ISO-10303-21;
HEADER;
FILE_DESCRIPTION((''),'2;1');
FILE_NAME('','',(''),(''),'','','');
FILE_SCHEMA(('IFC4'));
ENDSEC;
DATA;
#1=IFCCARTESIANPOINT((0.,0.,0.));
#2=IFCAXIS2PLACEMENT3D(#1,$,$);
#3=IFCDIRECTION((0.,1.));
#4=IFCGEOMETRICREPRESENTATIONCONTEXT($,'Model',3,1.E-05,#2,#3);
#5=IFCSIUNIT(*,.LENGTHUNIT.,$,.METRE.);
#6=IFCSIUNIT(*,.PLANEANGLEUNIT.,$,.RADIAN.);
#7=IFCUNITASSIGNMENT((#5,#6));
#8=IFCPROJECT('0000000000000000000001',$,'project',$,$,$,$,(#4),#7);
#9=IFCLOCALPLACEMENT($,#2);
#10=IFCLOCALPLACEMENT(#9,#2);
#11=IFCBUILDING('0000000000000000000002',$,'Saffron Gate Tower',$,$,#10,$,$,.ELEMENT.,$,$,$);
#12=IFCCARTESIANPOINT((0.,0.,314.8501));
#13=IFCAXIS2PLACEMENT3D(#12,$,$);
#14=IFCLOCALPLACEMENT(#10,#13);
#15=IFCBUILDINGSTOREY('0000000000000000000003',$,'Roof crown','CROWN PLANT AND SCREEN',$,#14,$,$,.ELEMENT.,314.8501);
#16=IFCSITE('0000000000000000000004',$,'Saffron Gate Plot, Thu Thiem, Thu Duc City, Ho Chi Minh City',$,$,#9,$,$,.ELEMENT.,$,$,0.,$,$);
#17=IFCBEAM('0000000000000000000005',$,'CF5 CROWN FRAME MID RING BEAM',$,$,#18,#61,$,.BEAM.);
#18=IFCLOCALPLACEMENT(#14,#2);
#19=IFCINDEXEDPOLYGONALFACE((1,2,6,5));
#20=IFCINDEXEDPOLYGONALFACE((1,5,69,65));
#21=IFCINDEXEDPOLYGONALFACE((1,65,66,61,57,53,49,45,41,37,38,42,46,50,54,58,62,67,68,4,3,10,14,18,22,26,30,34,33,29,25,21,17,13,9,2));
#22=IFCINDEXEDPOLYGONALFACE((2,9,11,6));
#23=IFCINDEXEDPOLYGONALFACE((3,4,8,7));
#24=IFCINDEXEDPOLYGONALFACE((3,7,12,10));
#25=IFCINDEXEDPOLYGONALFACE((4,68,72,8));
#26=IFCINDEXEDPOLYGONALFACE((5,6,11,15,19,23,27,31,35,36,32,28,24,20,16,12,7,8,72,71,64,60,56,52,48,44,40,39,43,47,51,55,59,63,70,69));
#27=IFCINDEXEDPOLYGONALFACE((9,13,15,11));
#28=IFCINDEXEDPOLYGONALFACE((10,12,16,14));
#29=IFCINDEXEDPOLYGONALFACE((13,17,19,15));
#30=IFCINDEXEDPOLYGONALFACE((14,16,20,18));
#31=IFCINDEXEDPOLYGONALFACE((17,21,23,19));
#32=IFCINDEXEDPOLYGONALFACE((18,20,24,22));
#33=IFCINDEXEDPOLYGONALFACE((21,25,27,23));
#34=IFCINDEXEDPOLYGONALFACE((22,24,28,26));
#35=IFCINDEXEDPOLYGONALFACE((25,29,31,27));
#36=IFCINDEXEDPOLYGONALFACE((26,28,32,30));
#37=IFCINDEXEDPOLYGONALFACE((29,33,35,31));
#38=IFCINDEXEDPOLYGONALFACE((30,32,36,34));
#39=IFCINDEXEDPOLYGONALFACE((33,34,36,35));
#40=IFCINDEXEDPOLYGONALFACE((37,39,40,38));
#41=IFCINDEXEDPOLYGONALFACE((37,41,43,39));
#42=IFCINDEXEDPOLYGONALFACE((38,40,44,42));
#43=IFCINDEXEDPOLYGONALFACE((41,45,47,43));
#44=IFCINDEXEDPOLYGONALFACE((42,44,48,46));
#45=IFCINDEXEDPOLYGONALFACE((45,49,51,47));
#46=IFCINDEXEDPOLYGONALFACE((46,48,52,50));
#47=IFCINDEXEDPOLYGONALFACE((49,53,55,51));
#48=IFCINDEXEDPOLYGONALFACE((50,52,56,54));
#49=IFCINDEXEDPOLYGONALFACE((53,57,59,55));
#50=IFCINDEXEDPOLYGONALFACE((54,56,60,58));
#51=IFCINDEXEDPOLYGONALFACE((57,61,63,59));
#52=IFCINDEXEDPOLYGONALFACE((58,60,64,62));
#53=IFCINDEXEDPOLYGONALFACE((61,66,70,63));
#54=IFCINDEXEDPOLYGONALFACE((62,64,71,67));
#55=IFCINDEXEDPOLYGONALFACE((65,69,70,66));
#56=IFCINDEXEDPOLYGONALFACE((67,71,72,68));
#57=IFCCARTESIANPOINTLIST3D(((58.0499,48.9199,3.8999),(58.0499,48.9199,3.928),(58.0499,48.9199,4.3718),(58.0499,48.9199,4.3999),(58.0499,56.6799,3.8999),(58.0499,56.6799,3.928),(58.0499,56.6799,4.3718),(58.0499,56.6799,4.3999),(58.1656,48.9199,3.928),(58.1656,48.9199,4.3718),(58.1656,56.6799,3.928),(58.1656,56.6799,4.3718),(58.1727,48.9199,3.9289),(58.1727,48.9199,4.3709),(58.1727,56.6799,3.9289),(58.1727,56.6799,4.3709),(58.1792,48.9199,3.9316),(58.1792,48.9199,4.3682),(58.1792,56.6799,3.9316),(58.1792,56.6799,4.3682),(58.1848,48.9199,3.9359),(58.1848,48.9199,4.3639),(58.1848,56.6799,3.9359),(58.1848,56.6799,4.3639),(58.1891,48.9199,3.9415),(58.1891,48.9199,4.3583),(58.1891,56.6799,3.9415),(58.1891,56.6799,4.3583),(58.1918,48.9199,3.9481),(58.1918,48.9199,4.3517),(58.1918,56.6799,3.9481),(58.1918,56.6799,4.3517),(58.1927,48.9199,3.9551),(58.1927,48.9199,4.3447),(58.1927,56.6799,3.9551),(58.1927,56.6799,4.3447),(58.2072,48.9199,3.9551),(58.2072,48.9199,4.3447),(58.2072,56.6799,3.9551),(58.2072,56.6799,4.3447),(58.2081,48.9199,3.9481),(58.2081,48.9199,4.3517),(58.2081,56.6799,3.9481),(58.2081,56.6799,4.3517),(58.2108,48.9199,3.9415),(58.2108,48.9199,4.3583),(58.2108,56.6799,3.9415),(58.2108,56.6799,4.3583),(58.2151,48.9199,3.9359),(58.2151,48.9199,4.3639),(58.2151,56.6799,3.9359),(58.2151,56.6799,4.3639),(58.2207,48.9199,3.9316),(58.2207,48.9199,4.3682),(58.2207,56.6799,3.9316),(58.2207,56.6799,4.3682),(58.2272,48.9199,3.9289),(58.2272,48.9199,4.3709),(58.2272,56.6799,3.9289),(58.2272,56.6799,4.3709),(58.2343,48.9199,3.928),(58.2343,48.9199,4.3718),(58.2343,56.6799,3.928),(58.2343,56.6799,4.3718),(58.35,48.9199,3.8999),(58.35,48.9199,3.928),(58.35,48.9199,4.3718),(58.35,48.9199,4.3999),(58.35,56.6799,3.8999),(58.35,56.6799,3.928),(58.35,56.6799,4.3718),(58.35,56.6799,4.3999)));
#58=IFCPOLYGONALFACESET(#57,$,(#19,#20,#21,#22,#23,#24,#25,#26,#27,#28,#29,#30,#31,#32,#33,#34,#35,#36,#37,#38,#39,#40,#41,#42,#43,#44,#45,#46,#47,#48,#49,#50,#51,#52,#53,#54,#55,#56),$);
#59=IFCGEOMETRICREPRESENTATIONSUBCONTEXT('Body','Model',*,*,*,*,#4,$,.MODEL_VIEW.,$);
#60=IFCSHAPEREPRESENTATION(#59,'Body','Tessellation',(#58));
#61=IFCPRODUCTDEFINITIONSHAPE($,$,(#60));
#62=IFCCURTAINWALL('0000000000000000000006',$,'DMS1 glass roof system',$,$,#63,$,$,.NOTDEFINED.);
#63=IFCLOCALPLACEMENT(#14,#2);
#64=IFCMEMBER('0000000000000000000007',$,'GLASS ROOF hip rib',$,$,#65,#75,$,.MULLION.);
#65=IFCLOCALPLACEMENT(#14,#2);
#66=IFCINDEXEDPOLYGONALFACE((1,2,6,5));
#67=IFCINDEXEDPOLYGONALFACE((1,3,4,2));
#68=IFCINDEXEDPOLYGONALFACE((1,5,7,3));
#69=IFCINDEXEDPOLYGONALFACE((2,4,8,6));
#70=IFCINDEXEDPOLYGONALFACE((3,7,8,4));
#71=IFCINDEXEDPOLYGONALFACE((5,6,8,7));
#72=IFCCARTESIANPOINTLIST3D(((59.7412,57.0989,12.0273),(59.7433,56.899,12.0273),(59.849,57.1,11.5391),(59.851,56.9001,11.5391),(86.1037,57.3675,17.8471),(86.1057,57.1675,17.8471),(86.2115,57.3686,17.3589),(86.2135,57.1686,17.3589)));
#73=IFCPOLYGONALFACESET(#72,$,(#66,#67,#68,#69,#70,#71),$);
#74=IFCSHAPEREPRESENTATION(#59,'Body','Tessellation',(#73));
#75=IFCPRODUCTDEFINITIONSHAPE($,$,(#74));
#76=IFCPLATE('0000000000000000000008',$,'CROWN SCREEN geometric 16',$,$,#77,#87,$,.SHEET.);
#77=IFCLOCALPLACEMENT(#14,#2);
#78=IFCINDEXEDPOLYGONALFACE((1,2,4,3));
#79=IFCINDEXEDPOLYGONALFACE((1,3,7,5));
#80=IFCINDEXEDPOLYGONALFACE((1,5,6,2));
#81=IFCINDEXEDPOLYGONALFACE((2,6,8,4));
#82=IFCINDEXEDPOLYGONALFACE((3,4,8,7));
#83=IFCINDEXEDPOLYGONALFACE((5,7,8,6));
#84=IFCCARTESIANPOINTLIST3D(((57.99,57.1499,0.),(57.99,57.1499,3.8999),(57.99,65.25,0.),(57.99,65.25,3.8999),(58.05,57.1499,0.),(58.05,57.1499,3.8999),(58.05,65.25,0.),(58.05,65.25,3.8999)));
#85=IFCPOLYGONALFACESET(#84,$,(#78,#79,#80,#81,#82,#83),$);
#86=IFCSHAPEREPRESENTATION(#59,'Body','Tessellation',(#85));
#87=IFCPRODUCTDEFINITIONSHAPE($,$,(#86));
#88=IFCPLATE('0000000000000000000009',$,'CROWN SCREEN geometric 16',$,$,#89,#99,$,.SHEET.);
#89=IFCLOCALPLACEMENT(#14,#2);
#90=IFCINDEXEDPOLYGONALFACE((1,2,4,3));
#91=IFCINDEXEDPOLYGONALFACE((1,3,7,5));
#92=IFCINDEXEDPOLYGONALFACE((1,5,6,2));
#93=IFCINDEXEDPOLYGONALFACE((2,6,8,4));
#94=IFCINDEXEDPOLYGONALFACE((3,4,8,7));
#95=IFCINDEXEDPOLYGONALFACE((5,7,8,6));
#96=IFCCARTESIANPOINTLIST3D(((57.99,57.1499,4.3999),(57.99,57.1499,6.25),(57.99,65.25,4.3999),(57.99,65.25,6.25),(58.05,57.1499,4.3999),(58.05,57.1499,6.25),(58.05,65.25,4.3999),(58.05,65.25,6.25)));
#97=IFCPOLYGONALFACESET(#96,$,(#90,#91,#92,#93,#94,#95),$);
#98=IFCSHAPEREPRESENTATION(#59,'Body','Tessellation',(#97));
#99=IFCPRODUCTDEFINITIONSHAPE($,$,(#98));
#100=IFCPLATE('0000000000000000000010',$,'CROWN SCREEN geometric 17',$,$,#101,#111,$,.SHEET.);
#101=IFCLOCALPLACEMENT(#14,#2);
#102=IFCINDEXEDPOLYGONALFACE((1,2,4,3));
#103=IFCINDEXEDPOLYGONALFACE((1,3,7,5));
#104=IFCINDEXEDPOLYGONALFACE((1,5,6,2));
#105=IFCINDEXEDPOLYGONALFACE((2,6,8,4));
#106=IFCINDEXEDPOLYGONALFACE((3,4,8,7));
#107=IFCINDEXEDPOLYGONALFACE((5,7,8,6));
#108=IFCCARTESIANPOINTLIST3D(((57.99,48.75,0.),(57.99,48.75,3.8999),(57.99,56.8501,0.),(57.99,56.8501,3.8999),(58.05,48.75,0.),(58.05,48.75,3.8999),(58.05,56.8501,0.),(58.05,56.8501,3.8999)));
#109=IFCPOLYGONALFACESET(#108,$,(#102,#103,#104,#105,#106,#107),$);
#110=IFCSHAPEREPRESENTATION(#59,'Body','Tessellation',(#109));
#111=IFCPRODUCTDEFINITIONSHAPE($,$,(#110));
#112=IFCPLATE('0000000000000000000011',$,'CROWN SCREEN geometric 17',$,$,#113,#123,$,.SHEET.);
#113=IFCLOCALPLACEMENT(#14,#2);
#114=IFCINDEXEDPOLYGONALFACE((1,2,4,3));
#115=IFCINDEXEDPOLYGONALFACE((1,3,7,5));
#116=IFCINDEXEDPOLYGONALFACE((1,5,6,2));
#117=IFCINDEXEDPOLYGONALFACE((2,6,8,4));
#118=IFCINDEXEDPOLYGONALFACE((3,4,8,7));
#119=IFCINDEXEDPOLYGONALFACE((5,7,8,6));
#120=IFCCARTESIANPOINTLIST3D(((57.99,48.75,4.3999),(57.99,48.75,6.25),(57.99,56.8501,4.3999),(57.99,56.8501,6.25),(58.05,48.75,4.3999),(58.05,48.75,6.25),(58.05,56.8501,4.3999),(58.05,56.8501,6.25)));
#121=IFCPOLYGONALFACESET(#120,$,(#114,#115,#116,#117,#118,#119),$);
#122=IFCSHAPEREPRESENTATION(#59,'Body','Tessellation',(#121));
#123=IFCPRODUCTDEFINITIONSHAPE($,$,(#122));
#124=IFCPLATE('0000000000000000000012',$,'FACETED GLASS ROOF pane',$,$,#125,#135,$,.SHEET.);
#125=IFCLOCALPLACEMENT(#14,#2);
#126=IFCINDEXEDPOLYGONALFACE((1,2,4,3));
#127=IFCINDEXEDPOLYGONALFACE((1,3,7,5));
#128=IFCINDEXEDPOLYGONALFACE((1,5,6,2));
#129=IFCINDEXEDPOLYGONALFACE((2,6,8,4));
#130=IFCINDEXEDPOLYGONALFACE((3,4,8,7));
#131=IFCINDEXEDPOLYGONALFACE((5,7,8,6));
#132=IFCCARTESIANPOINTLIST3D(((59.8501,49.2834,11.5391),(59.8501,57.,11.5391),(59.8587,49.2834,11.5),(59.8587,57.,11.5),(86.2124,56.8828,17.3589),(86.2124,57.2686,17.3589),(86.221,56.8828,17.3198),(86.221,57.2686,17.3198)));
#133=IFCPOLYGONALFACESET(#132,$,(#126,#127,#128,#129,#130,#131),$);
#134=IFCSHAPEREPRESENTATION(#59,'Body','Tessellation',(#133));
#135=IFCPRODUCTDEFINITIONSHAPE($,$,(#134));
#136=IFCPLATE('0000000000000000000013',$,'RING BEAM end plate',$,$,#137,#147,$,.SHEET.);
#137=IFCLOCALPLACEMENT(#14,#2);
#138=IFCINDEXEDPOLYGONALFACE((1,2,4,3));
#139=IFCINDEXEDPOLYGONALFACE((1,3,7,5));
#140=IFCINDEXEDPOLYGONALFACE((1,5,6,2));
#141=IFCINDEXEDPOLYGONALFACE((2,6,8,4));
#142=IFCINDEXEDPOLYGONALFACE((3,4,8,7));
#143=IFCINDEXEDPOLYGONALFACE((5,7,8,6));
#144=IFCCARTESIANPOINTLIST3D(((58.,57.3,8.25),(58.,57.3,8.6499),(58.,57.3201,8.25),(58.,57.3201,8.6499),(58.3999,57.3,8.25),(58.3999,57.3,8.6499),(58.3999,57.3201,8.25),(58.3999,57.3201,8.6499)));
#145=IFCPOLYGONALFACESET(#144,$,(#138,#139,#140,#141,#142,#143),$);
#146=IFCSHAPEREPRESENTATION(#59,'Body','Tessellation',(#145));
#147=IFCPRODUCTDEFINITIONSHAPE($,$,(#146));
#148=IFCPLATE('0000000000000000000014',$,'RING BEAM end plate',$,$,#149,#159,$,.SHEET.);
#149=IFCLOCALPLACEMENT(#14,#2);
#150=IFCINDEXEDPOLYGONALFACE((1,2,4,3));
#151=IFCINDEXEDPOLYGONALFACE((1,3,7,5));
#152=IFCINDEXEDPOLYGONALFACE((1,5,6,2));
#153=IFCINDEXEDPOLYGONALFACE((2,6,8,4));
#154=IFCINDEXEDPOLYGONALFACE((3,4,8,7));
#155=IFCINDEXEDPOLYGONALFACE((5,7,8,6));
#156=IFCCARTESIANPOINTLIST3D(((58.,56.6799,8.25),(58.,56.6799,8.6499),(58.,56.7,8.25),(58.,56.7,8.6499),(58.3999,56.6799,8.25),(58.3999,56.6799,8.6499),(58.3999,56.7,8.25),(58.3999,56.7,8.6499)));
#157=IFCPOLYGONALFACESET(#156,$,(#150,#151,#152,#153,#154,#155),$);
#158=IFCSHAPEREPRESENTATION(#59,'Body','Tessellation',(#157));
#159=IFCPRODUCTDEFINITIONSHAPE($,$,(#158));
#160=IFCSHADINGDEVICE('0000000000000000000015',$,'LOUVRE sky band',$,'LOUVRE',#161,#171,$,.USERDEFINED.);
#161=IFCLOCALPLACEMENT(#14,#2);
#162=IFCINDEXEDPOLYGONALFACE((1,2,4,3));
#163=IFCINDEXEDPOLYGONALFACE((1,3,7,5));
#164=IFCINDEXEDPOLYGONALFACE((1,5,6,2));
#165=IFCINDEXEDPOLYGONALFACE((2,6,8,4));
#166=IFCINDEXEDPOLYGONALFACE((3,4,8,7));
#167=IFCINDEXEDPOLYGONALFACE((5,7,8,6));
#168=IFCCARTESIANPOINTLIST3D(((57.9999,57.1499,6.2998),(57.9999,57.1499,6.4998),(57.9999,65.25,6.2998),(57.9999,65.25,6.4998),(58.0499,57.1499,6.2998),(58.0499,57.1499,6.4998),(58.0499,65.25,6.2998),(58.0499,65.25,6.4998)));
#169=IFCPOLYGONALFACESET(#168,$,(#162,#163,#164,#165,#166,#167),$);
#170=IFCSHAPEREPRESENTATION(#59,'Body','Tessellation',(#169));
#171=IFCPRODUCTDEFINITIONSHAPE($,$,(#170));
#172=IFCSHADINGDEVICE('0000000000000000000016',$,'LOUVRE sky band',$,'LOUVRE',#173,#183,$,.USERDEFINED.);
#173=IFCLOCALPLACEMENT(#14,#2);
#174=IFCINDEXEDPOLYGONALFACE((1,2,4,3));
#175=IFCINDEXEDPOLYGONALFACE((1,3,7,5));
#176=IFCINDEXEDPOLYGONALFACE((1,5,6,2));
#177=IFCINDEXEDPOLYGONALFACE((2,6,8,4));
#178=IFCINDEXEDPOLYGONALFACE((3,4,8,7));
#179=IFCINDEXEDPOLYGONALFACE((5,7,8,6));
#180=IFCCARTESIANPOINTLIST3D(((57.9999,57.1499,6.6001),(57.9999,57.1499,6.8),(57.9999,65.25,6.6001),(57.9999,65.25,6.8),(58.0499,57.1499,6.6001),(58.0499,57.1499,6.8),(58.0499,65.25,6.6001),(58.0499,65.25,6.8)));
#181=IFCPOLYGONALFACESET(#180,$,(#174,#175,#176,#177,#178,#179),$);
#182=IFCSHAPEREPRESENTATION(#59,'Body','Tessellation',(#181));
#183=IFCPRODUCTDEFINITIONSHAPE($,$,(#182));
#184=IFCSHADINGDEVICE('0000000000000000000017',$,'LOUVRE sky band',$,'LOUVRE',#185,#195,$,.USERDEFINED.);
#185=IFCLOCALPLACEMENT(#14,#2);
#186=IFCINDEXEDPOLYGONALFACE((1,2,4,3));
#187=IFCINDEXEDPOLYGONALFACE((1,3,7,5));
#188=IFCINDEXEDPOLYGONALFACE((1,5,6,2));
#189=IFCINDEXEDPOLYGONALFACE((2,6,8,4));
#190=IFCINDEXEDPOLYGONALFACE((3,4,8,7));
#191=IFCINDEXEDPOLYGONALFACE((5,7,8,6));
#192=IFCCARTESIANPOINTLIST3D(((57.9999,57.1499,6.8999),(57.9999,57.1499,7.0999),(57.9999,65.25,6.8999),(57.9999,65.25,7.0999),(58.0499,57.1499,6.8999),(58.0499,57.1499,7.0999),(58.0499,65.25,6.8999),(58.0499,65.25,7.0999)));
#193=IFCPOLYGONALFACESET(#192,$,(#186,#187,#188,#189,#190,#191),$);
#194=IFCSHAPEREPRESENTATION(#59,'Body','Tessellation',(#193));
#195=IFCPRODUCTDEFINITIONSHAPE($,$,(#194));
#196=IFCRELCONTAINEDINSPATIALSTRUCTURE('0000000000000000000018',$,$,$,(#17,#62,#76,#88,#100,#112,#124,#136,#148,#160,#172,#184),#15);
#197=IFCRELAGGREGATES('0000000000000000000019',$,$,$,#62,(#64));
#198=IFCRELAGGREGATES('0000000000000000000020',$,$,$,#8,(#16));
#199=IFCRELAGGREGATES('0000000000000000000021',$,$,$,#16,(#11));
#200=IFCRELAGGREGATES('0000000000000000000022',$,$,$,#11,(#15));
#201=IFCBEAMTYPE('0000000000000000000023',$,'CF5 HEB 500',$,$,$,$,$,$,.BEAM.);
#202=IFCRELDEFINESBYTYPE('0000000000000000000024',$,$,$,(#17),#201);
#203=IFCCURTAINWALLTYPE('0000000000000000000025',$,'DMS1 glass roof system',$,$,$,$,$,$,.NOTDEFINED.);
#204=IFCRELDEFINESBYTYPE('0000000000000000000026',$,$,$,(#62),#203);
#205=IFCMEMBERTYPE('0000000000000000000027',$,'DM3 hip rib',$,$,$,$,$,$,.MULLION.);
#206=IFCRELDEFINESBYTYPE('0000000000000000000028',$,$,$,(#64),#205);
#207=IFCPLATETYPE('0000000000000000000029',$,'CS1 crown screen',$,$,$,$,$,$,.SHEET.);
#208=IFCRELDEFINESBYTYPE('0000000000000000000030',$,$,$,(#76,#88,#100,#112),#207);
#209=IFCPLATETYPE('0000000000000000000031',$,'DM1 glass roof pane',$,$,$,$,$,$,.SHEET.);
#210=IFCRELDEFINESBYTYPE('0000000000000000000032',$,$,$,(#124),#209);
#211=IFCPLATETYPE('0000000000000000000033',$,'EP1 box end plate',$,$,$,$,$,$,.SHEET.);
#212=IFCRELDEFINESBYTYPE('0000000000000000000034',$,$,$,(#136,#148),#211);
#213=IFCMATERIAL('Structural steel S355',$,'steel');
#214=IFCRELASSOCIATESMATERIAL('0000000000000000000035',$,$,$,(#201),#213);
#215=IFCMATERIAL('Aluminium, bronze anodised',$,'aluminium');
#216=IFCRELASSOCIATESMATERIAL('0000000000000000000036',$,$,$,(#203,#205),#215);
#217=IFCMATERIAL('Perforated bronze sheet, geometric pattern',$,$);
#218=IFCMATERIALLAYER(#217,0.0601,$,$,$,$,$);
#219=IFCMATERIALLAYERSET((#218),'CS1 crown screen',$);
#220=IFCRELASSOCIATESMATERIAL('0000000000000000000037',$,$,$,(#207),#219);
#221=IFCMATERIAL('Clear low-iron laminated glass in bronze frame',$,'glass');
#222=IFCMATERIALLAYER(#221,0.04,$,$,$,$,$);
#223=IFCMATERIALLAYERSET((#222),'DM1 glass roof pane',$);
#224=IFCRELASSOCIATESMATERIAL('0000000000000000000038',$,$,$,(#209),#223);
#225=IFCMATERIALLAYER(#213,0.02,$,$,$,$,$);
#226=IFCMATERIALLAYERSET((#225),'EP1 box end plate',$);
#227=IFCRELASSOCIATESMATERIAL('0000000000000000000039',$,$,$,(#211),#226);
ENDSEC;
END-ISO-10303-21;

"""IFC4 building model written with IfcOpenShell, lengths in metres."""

from ifc_helpers import new_model, si_unit, direction, frame, origin, origin_2d, place, context, subcontext, project, spatial, polyline, rectangle, i_section, outline, extrude, material, layer, layer_set, material_profile, profile_set, type_object, element, aggregate, save


model = new_model("IFC4")

# Units and contexts
model_context = context("Model", 3, precision=1e-05, world=origin(), true_north=direction((0.0, 1.0)))
body_context = subcontext(model_context, "Body", "Model", "MODEL_VIEW")
ifc_project = project(units=[si_unit("LENGTHUNIT", "METRE"), si_unit("PLANEANGLEUNIT", "RADIAN")], contexts=[model_context])

# Site, building, storey
site_placement = place(None, origin())
site = spatial("IfcSite", under=ifc_project, at=site_placement, Name="Saffron Gate Plot, Thu Thiem, Thu Duc City, Ho Chi Minh City", CompositionType="ELEMENT", RefElevation=0.0)
building_placement = place(site_placement, origin())
building = spatial("IfcBuilding", under=site, at=building_placement, Name="Saffron Gate Tower", CompositionType="ELEMENT")
storey_placement = place(building_placement, frame((0.0, 0.0, 314.8501)))
storey = spatial("IfcBuildingStorey", under=building, at=storey_placement, Name="Roof crown", Description="CROWN PLANT AND SCREEN", CompositionType="ELEMENT", Elevation=314.8501)

# Shared definitions
ifc_material_1 = material(Name="Structural steel S355", Category="steel")

# Beam
ifc_material_profile_1 = material_profile(ifc_material_1, i_section(OverallWidth=0.3, OverallDepth=0.5, WebThickness=0.0144, FlangeThickness=0.0281, FilletRadius=0.0271, at=origin_2d()))
ifc_profile_set_1 = profile_set([ifc_material_profile_1], Name="Structural steel S355")
beam_type_1 = type_object("IfcBeamType", Name="CF5 HEB 500", PredefinedType="BEAM", material=ifc_profile_set_1)
beam_1_placement = place(storey_placement, frame((58.2, 56.6799, 4.1499), z_axis=(0.0, -1.0, 0.0), x_axis=(1.0, 0.0, 0.0)))
element("IfcBeam", 1, at=beam_1_placement, inside=storey, type_object=beam_type_1, Name="CF5 CROWN FRAME MID RING BEAM", PredefinedType="BEAM", context=body_context, shape_type="SweptSolid", body=[
    extrude(i_section(OverallWidth=0.3, OverallDepth=0.5, WebThickness=0.0144, FlangeThickness=0.0281, FilletRadius=0.0271, at=origin_2d()), origin(), (0.0, 0.0, 1.0), 7.76),
])

# Curtain wall, member
ifc_material_2 = material(Name="Aluminium, bronze anodised", Category="aluminium")
curtain_wall_type = type_object("IfcCurtainWallType", Name="DMS1 glass roof system", PredefinedType="NOTDEFINED", material=ifc_material_2)
curtain_wall_placement = place(storey_placement, origin())
curtain_wall = element("IfcCurtainWall", 2, at=curtain_wall_placement, inside=storey, type_object=curtain_wall_type, Name="DMS1 glass roof system", PredefinedType="NOTDEFINED")
ifc_material_profile_2 = material_profile(ifc_material_2, rectangle(XDim=0.2, YDim=0.5, at=origin_2d()))
ifc_profile_set_2 = profile_set([ifc_material_profile_2], Name="Aluminium, bronze anodised")
member_type_1 = type_object("IfcMemberType", Name="DM3 hip rib", PredefinedType="MULLION", material=ifc_profile_set_2)
member_placement = place(storey_placement, frame((59.7961, 56.9995, 11.7832), z_axis=(0.97644, 0.009947, 0.21556), x_axis=(-0.010186, 0.999948, 0.0)))
member = element("IfcMember", 3, at=member_placement, type_object=member_type_1, Name="GLASS ROOF hip rib", PredefinedType="MULLION", context=body_context, shape_type="SweptSolid", body=[
    extrude(rectangle(XDim=0.2, YDim=0.5, at=origin_2d()), origin(), (0.0, 0.0, 1.0), 26.9985),
])
aggregate(curtain_wall, [member])

# Plates
ifc_material_3 = material(Name="Perforated bronze sheet, geometric pattern")
ifc_layer_1 = layer(ifc_material_3, 0.0601)
ifc_layer_set_1 = layer_set([ifc_layer_1], Name="CS1 crown screen")
plate_type_1 = type_object("IfcPlateType", Name="CS1 crown screen", PredefinedType="SHEET", material=ifc_layer_set_1)
plate_1_placement = place(storey_placement, frame((58.02, 61.2, 0.0), z_axis=(0.0, 0.0, 1.0), x_axis=(0.0, -1.0, 0.0)))
element("IfcPlate", 4, at=plate_1_placement, inside=storey, type_object=plate_type_1, Name="CROWN SCREEN geometric 16", PredefinedType="SHEET", context=body_context, shape_type="SweptSolid", body=[
    extrude(rectangle(XDim=8.1001, YDim=0.0601, at=origin_2d()), origin(), (0.0, 0.0, 1.0), 3.8999),
])
plate_2_placement = place(storey_placement, frame((58.02, 61.2, 4.3999), z_axis=(0.0, 0.0, 1.0), x_axis=(0.0, -1.0, 0.0)))
element("IfcPlate", 5, at=plate_2_placement, inside=storey, type_object=plate_type_1, Name="CROWN SCREEN geometric 16", PredefinedType="SHEET", context=body_context, shape_type="SweptSolid", body=[
    extrude(rectangle(XDim=8.1001, YDim=0.0601, at=origin_2d()), origin(), (0.0, 0.0, 1.0), 1.8501),
])
plate_3_placement = place(storey_placement, frame((58.02, 52.8, 0.0), z_axis=(0.0, 0.0, 1.0), x_axis=(0.0, -1.0, 0.0)))
element("IfcPlate", 6, at=plate_3_placement, inside=storey, type_object=plate_type_1, Name="CROWN SCREEN geometric 17", PredefinedType="SHEET", context=body_context, shape_type="SweptSolid", body=[
    extrude(rectangle(XDim=8.1001, YDim=0.0601, at=origin_2d()), origin(), (0.0, 0.0, 1.0), 3.8999),
])
plate_4_placement = place(storey_placement, frame((58.02, 52.8, 4.3999), z_axis=(0.0, 0.0, 1.0), x_axis=(0.0, -1.0, 0.0)))
element("IfcPlate", 7, at=plate_4_placement, inside=storey, type_object=plate_type_1, Name="CROWN SCREEN geometric 17", PredefinedType="SHEET", context=body_context, shape_type="SweptSolid", body=[
    extrude(rectangle(XDim=8.1001, YDim=0.0601, at=origin_2d()), origin(), (0.0, 0.0, 1.0), 1.8501),
])
ifc_material_4 = material(Name="Clear low-iron laminated glass in bronze frame", Category="glass")
ifc_layer_2 = layer(ifc_material_4, 0.04)
ifc_layer_set_2 = layer_set([ifc_layer_2], Name="DM1 glass roof pane")
plate_type_2 = type_object("IfcPlateType", Name="DM1 glass roof pane", PredefinedType="SHEET", material=ifc_layer_set_2)
plate_5_placement = place(storey_placement, frame((59.8501, 57.0, 11.5391), z_axis=(-0.215572, 0.0, 0.976488), x_axis=(0.0, -1.0, 0.0)))
element("IfcPlate", 8, at=plate_5_placement, inside=storey, type_object=plate_type_2, Name="FACETED GLASS ROOF pane", PredefinedType="SHEET", context=body_context, shape_type="SweptSolid", body=[
    extrude(outline(polyline([(0.0, 0.0), (7.7166, 0.0), (0.1172, 26.9971), (-0.2686, 26.9971), (0.0, 0.0)])), origin(), (0.0, 0.0, -1.0), 0.04),
])
ifc_layer_3 = layer(ifc_material_1, 0.02)
ifc_layer_set_3 = layer_set([ifc_layer_3], Name="EP1 box end plate")
plate_type_3 = type_object("IfcPlateType", Name="EP1 box end plate", PredefinedType="SHEET", material=ifc_layer_set_3)
for number, where, z_axis, x_axis, name in (
    (9, (58.2, 57.3101, 8.25), (0.0, 0.0, 1.0), (0.0, -1.0, 0.0), "RING BEAM end plate"),
    (10, (58.2, 56.6899, 8.25), (0.0, 0.0, 1.0), (0.0, -1.0, 0.0), "RING BEAM end plate"),
):
    element("IfcPlate", number, at=place(storey_placement, frame(where, z_axis=z_axis, x_axis=x_axis)), inside=storey, type_object=plate_type_3, Name=name, PredefinedType="SHEET", context=body_context, shape_type="SweptSolid", body=[
        extrude(rectangle(XDim=0.02, YDim=0.3999, at=origin_2d()), origin(), (0.0, 0.0, 1.0), 0.3999),
    ])

# Shading devices
for number, where, z_axis, x_axis, name in (
    (11, (58.0249, 61.2, 6.2998), (0.0, 0.0, 1.0), (0.0, -1.0, 0.0), "LOUVRE sky band"),
    (12, (58.0249, 61.2, 6.6001), (0.0, 0.0, 1.0), (0.0, -1.0, 0.0), "LOUVRE sky band"),
    (13, (58.0249, 61.2, 6.8999), (0.0, 0.0, 1.0), (0.0, -1.0, 0.0), "LOUVRE sky band"),
):
    element("IfcShadingDevice", number, at=place(storey_placement, frame(where, z_axis=z_axis, x_axis=x_axis)), inside=storey, Name=name, ObjectType="LOUVRE", PredefinedType="USERDEFINED", context=body_context, shape_type="SweptSolid", body=[
        extrude(rectangle(XDim=8.1001, YDim=0.05, at=origin_2d()), origin(), (0.0, 0.0, 1.0), 0.2),
    ])

save(model, "model.ifc")
